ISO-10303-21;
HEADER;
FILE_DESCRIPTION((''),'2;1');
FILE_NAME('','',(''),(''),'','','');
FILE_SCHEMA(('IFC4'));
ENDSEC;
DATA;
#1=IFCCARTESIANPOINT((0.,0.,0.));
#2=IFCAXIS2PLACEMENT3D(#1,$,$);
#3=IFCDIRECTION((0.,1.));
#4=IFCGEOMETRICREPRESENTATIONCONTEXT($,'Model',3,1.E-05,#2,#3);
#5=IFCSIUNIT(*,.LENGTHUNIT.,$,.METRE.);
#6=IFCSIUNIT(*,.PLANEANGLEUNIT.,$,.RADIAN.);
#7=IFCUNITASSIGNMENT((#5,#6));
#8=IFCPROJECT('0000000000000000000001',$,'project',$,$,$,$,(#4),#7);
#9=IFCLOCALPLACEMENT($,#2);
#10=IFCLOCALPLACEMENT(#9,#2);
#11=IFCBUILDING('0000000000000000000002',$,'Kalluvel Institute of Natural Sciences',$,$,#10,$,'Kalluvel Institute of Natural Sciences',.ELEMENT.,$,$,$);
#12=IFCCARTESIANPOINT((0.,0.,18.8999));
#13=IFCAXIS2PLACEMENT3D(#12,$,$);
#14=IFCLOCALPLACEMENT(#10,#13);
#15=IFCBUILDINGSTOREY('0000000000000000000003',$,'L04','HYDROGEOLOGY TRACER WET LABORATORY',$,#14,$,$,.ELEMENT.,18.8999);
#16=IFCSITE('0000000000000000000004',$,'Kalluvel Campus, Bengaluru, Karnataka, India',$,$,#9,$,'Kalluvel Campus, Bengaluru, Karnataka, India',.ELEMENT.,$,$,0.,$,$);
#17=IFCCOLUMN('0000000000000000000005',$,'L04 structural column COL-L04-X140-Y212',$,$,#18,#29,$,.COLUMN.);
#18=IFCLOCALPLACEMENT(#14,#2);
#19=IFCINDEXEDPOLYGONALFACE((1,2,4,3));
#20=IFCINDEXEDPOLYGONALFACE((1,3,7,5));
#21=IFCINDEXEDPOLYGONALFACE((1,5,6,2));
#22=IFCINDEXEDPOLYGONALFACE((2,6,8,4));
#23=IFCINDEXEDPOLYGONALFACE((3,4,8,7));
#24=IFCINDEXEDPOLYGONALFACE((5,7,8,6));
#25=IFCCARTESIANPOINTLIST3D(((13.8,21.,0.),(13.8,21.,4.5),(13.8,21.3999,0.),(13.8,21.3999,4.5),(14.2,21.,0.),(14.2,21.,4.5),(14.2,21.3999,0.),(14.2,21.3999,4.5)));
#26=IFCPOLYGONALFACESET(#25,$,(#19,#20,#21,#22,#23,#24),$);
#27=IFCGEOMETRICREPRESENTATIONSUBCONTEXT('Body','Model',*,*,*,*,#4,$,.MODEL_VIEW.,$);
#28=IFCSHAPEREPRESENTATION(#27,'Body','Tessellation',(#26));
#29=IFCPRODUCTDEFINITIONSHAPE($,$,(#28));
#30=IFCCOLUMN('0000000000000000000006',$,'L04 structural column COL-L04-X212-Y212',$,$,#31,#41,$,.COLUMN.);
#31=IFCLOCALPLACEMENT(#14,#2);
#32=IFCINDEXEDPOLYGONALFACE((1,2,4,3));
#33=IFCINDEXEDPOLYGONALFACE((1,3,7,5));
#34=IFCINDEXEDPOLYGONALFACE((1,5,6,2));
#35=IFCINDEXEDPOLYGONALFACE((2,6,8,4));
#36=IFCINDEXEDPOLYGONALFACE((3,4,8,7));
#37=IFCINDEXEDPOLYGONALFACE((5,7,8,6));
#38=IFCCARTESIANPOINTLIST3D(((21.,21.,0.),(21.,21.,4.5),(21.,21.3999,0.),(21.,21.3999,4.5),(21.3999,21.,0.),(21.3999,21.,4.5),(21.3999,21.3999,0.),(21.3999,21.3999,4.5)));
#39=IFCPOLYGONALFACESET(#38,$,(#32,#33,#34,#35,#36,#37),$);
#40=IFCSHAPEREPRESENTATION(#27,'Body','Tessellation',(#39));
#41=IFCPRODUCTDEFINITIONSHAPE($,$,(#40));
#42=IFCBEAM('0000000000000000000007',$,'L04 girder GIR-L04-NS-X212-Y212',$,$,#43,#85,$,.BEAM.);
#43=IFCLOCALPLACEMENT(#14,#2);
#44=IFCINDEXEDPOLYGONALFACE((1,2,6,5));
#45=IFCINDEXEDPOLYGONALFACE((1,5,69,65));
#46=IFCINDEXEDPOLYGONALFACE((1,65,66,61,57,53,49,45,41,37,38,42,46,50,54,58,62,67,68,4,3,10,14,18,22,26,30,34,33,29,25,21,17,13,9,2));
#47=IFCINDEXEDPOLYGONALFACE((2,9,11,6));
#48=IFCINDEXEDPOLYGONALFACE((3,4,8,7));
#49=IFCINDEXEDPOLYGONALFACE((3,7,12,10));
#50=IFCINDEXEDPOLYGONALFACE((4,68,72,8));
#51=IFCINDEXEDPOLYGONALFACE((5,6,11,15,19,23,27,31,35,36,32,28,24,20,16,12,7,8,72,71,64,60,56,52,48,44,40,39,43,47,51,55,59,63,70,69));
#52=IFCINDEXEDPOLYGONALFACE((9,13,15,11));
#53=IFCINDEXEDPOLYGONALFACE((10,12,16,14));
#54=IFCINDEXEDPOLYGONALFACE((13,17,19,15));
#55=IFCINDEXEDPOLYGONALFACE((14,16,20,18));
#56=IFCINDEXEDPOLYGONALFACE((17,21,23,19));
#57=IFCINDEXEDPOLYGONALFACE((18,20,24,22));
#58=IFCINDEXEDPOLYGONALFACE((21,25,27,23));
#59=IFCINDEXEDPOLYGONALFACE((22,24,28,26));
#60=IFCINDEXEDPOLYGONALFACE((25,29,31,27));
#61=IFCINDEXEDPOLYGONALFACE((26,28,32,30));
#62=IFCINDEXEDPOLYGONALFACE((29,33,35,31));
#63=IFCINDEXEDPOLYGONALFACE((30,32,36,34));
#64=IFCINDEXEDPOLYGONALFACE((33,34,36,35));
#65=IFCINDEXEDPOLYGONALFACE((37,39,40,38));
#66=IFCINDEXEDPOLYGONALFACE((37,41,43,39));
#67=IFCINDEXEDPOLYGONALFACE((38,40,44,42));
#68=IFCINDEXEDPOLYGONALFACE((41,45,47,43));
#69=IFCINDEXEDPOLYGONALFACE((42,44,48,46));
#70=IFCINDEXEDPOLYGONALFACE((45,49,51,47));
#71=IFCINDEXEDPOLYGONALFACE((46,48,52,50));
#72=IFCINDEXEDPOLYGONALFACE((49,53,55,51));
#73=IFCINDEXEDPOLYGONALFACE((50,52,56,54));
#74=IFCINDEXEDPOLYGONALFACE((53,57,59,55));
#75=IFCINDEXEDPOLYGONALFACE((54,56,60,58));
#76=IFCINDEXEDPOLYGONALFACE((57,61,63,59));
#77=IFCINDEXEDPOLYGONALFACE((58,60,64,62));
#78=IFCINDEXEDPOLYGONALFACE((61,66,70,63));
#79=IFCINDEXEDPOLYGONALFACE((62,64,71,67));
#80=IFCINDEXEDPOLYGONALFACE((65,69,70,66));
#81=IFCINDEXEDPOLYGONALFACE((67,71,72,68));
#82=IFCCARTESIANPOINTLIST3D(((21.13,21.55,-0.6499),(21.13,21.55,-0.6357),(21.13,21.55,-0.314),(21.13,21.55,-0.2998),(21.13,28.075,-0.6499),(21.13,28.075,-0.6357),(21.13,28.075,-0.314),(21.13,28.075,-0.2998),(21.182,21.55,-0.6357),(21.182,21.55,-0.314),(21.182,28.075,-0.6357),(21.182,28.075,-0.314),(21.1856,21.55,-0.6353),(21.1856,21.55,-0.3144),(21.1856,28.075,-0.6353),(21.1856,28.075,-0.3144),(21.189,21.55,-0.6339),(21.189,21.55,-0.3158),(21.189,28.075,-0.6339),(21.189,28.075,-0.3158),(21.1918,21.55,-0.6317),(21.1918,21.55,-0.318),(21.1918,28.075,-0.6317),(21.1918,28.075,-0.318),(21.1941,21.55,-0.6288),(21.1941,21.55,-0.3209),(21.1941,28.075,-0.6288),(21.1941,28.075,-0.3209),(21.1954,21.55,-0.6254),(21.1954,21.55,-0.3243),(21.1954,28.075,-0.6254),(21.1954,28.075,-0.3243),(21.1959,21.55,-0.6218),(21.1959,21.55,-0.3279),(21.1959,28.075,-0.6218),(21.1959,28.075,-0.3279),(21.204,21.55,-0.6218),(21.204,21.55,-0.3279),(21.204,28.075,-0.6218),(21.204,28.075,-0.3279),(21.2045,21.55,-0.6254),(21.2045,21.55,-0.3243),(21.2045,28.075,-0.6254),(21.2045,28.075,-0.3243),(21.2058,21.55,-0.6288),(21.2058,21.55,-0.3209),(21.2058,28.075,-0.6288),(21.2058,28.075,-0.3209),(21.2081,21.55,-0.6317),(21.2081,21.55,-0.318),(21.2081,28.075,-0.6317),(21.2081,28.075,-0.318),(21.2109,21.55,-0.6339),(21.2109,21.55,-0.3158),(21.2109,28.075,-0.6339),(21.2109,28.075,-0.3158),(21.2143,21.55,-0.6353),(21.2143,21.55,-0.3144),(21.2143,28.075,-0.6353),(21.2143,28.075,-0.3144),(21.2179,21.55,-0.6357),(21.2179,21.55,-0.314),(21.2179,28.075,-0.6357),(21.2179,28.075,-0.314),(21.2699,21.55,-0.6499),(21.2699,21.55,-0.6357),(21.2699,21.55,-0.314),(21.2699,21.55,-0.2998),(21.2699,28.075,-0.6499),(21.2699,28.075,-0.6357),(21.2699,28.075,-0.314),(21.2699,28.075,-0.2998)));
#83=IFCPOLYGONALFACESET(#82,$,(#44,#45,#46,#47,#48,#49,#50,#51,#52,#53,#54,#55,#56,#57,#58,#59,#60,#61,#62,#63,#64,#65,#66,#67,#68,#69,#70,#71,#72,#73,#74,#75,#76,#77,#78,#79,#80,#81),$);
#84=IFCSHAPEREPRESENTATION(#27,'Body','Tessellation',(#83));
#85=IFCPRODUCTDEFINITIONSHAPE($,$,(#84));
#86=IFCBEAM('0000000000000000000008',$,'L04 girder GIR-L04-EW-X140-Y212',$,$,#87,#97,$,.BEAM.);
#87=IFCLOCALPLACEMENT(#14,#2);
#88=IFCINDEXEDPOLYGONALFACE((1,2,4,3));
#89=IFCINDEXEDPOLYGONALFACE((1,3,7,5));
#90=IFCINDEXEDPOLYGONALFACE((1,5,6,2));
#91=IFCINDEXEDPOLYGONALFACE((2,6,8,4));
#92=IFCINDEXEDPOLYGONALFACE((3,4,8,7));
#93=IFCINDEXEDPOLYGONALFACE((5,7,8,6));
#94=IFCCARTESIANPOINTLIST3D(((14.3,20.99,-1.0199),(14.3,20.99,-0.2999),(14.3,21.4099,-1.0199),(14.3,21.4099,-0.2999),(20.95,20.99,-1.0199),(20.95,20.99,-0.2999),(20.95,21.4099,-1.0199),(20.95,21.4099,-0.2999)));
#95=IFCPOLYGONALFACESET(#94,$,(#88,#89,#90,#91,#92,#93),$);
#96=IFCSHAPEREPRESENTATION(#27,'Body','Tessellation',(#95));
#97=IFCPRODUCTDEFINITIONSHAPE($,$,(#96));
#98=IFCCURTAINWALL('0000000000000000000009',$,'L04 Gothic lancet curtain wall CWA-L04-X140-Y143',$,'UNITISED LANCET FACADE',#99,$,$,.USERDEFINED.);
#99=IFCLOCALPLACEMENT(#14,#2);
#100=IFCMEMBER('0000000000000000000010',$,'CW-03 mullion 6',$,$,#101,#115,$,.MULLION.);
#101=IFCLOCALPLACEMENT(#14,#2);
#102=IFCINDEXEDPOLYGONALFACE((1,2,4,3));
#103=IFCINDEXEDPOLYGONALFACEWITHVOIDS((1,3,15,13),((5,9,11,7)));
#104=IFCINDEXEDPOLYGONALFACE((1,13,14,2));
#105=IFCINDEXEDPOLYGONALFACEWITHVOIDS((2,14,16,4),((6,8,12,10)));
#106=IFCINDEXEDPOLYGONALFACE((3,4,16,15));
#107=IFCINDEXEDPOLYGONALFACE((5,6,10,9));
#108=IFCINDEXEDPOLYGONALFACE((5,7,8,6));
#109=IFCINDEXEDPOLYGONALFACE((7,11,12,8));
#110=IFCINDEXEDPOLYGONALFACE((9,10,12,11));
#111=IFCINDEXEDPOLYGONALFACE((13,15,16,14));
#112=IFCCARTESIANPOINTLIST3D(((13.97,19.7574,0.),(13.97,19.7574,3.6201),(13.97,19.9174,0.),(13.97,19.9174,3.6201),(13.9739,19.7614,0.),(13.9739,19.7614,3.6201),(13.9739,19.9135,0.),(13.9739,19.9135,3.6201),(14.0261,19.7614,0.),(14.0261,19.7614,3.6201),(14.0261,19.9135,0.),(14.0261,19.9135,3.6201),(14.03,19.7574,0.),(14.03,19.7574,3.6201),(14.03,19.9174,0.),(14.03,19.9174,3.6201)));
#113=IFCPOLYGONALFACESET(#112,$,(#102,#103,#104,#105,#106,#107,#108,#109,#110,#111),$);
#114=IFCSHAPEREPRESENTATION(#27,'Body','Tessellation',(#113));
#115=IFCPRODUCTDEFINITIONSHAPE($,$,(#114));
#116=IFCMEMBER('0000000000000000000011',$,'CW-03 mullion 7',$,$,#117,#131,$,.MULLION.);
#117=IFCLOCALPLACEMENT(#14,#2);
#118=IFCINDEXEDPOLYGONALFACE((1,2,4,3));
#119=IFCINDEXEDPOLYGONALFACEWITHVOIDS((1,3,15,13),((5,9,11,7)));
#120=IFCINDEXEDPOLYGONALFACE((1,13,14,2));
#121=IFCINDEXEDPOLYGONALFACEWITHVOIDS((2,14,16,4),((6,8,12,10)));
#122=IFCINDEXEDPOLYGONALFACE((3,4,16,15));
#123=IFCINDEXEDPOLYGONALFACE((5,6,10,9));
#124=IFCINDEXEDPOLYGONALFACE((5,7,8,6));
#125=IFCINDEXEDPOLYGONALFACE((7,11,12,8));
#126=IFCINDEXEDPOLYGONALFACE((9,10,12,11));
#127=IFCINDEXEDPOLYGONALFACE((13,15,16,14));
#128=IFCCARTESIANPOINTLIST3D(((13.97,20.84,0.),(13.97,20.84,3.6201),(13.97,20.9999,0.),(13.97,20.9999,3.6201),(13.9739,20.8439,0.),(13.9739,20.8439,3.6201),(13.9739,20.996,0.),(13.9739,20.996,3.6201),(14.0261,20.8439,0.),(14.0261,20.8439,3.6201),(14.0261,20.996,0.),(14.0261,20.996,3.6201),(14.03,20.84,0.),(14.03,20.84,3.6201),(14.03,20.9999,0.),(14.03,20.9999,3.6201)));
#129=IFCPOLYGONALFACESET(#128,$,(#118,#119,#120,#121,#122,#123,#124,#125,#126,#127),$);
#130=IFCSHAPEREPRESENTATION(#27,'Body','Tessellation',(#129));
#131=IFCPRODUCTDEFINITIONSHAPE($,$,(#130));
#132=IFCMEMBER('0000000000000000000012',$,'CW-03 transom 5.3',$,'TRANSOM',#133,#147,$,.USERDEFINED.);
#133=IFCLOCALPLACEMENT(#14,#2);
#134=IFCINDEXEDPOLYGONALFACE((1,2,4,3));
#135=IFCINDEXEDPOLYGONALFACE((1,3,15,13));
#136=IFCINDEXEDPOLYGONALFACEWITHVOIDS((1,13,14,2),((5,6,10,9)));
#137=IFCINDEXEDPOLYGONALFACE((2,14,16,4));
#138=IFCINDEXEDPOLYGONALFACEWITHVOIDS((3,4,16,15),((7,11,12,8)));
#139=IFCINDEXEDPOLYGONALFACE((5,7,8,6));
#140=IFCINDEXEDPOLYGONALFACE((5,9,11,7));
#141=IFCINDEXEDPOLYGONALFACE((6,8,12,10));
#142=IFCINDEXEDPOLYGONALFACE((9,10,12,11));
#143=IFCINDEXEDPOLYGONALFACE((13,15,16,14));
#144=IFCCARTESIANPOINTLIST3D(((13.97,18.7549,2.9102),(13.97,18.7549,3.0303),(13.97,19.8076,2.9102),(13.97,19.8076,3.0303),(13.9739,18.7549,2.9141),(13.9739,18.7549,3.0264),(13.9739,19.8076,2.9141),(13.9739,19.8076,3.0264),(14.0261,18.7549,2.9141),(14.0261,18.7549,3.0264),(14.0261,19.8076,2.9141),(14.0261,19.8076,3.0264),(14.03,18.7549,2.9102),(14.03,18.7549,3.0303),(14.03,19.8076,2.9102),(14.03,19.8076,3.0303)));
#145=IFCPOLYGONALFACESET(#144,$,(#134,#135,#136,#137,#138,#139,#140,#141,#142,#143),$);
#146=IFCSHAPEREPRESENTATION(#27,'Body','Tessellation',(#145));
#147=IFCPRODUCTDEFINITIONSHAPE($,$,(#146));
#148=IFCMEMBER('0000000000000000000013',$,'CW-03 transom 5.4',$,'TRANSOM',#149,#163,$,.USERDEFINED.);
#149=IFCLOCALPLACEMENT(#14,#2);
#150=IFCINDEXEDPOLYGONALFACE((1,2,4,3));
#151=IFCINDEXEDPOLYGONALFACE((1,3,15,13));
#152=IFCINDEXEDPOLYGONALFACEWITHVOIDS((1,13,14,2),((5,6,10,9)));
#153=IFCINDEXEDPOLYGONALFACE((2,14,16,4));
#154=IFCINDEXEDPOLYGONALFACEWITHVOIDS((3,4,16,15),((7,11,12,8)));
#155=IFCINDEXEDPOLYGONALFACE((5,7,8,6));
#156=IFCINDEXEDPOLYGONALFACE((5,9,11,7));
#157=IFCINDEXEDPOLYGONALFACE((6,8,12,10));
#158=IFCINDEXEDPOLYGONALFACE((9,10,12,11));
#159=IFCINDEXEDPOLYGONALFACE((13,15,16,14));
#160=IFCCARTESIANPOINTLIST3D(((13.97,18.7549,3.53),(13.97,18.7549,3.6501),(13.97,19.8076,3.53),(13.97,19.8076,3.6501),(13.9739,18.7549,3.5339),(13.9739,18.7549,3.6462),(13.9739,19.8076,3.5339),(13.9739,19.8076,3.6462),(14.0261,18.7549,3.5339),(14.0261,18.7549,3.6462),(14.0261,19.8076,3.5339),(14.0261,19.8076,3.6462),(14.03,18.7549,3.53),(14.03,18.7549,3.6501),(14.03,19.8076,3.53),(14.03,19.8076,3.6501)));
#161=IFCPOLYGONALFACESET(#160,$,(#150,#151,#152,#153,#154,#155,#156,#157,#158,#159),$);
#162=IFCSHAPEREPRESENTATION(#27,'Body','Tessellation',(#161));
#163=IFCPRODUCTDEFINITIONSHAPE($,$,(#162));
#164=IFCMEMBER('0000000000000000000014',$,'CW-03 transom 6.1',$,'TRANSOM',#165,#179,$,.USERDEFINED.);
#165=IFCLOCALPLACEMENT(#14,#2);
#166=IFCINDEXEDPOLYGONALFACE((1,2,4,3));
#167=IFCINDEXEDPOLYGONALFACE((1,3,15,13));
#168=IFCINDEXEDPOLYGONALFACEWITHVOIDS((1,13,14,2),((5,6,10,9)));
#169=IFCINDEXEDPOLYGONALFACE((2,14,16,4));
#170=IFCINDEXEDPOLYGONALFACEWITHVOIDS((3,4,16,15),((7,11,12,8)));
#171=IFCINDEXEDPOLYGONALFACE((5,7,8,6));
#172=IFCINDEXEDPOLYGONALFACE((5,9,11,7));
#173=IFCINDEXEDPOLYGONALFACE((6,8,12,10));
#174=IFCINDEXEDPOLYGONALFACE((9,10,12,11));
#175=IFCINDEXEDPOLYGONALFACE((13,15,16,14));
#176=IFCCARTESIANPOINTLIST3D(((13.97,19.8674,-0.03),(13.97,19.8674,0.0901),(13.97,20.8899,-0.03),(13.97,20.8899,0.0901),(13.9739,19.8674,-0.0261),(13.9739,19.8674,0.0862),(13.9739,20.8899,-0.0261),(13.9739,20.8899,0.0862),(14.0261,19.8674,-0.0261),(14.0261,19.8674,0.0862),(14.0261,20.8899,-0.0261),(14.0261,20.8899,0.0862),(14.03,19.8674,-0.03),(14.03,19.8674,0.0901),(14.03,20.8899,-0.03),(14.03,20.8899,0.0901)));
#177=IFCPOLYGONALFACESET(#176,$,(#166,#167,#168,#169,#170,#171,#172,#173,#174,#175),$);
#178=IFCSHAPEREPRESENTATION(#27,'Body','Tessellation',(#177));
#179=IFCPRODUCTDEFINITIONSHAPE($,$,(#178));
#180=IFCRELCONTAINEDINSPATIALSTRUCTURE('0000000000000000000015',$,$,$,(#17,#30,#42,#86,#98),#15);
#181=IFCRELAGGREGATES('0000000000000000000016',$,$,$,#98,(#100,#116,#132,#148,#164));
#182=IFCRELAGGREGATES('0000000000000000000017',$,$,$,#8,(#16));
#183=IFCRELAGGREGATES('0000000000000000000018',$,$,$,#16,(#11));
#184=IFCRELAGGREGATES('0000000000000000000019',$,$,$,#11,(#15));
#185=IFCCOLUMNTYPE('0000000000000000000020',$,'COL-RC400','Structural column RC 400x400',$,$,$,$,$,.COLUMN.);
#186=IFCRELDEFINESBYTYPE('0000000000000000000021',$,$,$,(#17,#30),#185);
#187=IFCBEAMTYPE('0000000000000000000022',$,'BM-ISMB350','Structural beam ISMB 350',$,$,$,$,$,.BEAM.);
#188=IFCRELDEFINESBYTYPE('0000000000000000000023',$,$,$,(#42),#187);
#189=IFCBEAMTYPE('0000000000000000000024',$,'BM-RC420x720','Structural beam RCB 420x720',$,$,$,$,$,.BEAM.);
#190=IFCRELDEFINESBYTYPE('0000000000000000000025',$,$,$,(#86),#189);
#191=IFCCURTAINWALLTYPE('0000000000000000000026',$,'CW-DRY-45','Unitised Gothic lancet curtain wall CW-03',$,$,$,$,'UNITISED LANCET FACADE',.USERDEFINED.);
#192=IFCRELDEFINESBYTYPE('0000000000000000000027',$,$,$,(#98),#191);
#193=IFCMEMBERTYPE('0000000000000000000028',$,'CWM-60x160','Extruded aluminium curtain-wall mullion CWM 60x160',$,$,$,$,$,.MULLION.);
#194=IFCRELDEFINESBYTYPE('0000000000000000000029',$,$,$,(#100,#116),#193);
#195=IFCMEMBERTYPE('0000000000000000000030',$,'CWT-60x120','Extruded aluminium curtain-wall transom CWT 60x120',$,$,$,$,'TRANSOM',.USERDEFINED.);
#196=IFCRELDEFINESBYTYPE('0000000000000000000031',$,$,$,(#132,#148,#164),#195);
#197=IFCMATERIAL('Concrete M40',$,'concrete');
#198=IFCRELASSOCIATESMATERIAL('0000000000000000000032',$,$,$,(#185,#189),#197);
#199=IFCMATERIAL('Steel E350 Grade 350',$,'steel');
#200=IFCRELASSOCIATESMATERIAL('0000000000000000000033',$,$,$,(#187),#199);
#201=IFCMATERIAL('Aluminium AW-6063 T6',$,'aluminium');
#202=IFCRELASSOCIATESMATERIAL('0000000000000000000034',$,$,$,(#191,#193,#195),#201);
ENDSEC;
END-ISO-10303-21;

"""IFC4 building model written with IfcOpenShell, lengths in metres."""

from ifc_helpers import new_model, si_unit, direction, frame, origin, origin_2d, place, context, subcontext, project, spatial, rectangle, hollow_rectangle, i_section, extrude, material, material_profile, profile_set, type_object, element, aggregate, save


model = new_model("IFC4")

# Units and contexts
model_context = context("Model", 3, precision=1e-05, world=origin(), true_north=direction((0.0, 1.0)))
body_context = subcontext(model_context, "Body", "Model", "MODEL_VIEW")
ifc_project = project(units=[si_unit("LENGTHUNIT", "METRE"), si_unit("PLANEANGLEUNIT", "RADIAN")], contexts=[model_context])

# Site, building, storey
site_placement = place(None, origin())
site = spatial("IfcSite", under=ifc_project, at=site_placement, Name="Kalluvel Campus, Bengaluru, Karnataka, India", LongName="Kalluvel Campus, Bengaluru, Karnataka, India", CompositionType="ELEMENT", RefElevation=0.0)
building_placement = place(site_placement, origin())
building = spatial("IfcBuilding", under=site, at=building_placement, Name="Kalluvel Institute of Natural Sciences", LongName="Kalluvel Institute of Natural Sciences", CompositionType="ELEMENT")
storey_placement = place(building_placement, frame((0.0, 0.0, 18.8999)))
storey = spatial("IfcBuildingStorey", under=building, at=storey_placement, Name="L04", Description="HYDROGEOLOGY TRACER WET LABORATORY", CompositionType="ELEMENT", Elevation=18.8999)

# Columns
ifc_material_1 = material(Name="Concrete M40", Category="concrete")
ifc_material_profile_1 = material_profile(ifc_material_1, rectangle(XDim=0.3999, YDim=0.3999, at=origin_2d()), Name="RC 400x400")
ifc_profile_set_1 = profile_set([ifc_material_profile_1], Name="Concrete M40")
column_type = type_object("IfcColumnType", Name="COL-RC400", Description="Structural column RC 400x400", PredefinedType="COLUMN", material=ifc_profile_set_1)
for number, where, z_axis, x_axis, name in (
    (1, (14.0, 21.2, 0.0), (0.0, 0.0, 1.0), (1.0, 0.0, 0.0), "L04 structural column COL-L04-X140-Y212"),
    (2, (21.2, 21.2, 0.0), (0.0, 0.0, 1.0), (1.0, 0.0, 0.0), "L04 structural column COL-L04-X212-Y212"),
):
    element("IfcColumn", number, at=place(storey_placement, frame(where, z_axis=z_axis, x_axis=x_axis)), inside=storey, type_object=column_type, Name=name, PredefinedType="COLUMN", context=body_context, shape_type="SweptSolid", body=[
        extrude(rectangle(XDim=0.3999, YDim=0.3999, at=origin_2d()), origin(), (0.0, 0.0, 1.0), 4.5),
    ])

# Beams
ifc_material_2 = material(Name="Steel E350 Grade 350", Category="steel")
ifc_material_profile_2 = material_profile(ifc_material_2, i_section(OverallWidth=0.1399, OverallDepth=0.3501, WebThickness=0.0081, FlangeThickness=0.0142, FilletRadius=0.0139, at=origin_2d()), Name="ISMB 350")
ifc_profile_set_2 = profile_set([ifc_material_profile_2], Name="Steel E350 Grade 350")
beam_type_1 = type_object("IfcBeamType", Name="BM-ISMB350", Description="Structural beam ISMB 350", PredefinedType="BEAM", material=ifc_profile_set_2)
beam_1_placement = place(storey_placement, frame((21.2, 21.55, -0.4749), z_axis=(0.0, 1.0, 0.0), x_axis=(-1.0, 0.0, 0.0)))
element("IfcBeam", 3, at=beam_1_placement, inside=storey, type_object=beam_type_1, Name="L04 girder GIR-L04-NS-X212-Y212", PredefinedType="BEAM", context=body_context, shape_type="SweptSolid", body=[
    extrude(i_section(OverallWidth=0.1399, OverallDepth=0.3501, WebThickness=0.0081, FlangeThickness=0.0142, FilletRadius=0.0139, at=origin_2d()), origin(), (0.0, 0.0, 1.0), 6.5249),
])
ifc_material_profile_3 = material_profile(ifc_material_1, rectangle(XDim=0.4199, YDim=0.72, at=origin_2d()), Name="RCB 420x720")
ifc_profile_set_3 = profile_set([ifc_material_profile_3], Name="Concrete M40")
beam_type_2 = type_object("IfcBeamType", Name="BM-RC420x720", Description="Structural beam RCB 420x720", PredefinedType="BEAM", material=ifc_profile_set_3)
beam_2_placement = place(storey_placement, frame((14.3, 21.2, -0.6599), z_axis=(1.0, 0.0, 0.0), x_axis=(0.0, 1.0, 0.0)))
element("IfcBeam", 4, at=beam_2_placement, inside=storey, type_object=beam_type_2, Name="L04 girder GIR-L04-EW-X140-Y212", PredefinedType="BEAM", context=body_context, shape_type="SweptSolid", body=[
    extrude(rectangle(XDim=0.4199, YDim=0.72, at=origin_2d()), origin(), (0.0, 0.0, 1.0), 6.6499),
])

# Curtain wall, members
ifc_material_3 = material(Name="Aluminium AW-6063 T6", Category="aluminium")
curtain_wall_type = type_object("IfcCurtainWallType", Name="CW-DRY-45", Description="Unitised Gothic lancet curtain wall CW-03", ElementType="UNITISED LANCET FACADE", PredefinedType="USERDEFINED", material=ifc_material_3)
curtain_wall_placement = place(storey_placement, origin())
curtain_wall = element("IfcCurtainWall", 5, at=curtain_wall_placement, inside=storey, type_object=curtain_wall_type, Name="L04 Gothic lancet curtain wall CWA-L04-X140-Y143", ObjectType="UNITISED LANCET FACADE", PredefinedType="USERDEFINED")
ifc_material_profile_4 = material_profile(ifc_material_3, hollow_rectangle(XDim=0.0601, YDim=0.1599, WallThickness=0.0039, at=origin_2d()), Name="CWM 60x160")
ifc_profile_set_4 = profile_set([ifc_material_profile_4], Name="Aluminium AW-6063 T6")
member_type_1 = type_object("IfcMemberType", Name="CWM-60x160", Description="Extruded aluminium curtain-wall mullion CWM 60x160", PredefinedType="MULLION", material=ifc_profile_set_4)
member_1_placement = place(storey_placement, frame((14.0, 19.8374, 0.0), z_axis=(0.0, 0.0, 1.0), x_axis=(-1.0, 0.0, 0.0)))
member_1 = element("IfcMember", 6, at=member_1_placement, type_object=member_type_1, Name="CW-03 mullion 6", PredefinedType="MULLION", context=body_context, shape_type="SweptSolid", body=[
    extrude(hollow_rectangle(XDim=0.0601, YDim=0.1599, WallThickness=0.0039, at=origin_2d()), origin(), (0.0, 0.0, 1.0), 3.6201),
])
member_2_placement = place(storey_placement, frame((14.0, 20.9199, 0.0), z_axis=(0.0, 0.0, 1.0), x_axis=(-1.0, 0.0, 0.0)))
member_2 = element("IfcMember", 7, at=member_2_placement, type_object=member_type_1, Name="CW-03 mullion 7", PredefinedType="MULLION", context=body_context, shape_type="SweptSolid", body=[
    extrude(hollow_rectangle(XDim=0.0601, YDim=0.1599, WallThickness=0.0039, at=origin_2d()), origin(), (0.0, 0.0, 1.0), 3.6201),
])
ifc_material_profile_5 = material_profile(ifc_material_3, hollow_rectangle(XDim=0.0601, YDim=0.1201, WallThickness=0.0039, at=origin_2d()), Name="CWT 60x120")
ifc_profile_set_5 = profile_set([ifc_material_profile_5], Name="Aluminium AW-6063 T6")
member_type_2 = type_object("IfcMemberType", Name="CWT-60x120", Description="Extruded aluminium curtain-wall transom CWT 60x120", ElementType="TRANSOM", PredefinedType="USERDEFINED", material=ifc_profile_set_5)
member_3_placement = place(storey_placement, frame((14.0, 18.7549, 2.9702), z_axis=(0.0, 1.0, 0.0), x_axis=(-1.0, 0.0, 0.0)))
member_3 = element("IfcMember", 8, at=member_3_placement, type_object=member_type_2, Name="CW-03 transom 5.3", ObjectType="TRANSOM", PredefinedType="USERDEFINED", context=body_context, shape_type="SweptSolid", body=[
    extrude(hollow_rectangle(XDim=0.0601, YDim=0.1201, WallThickness=0.0039, at=origin_2d()), origin(), (0.0, 0.0, 1.0), 1.0527),
])
member_4_placement = place(storey_placement, frame((14.0, 18.7549, 3.5901), z_axis=(0.0, 1.0, 0.0), x_axis=(-1.0, 0.0, 0.0)))
member_4 = element("IfcMember", 9, at=member_4_placement, type_object=member_type_2, Name="CW-03 transom 5.4", ObjectType="TRANSOM", PredefinedType="USERDEFINED", context=body_context, shape_type="SweptSolid", body=[
    extrude(hollow_rectangle(XDim=0.0601, YDim=0.1201, WallThickness=0.0039, at=origin_2d()), origin(), (0.0, 0.0, 1.0), 1.0527),
])
member_5_placement = place(storey_placement, frame((14.0, 19.8674, 0.03), z_axis=(0.0, 1.0, 0.0), x_axis=(-1.0, 0.0, 0.0)))
member_5 = element("IfcMember", 10, at=member_5_placement, type_object=member_type_2, Name="CW-03 transom 6.1", ObjectType="TRANSOM", PredefinedType="USERDEFINED", context=body_context, shape_type="SweptSolid", body=[
    extrude(hollow_rectangle(XDim=0.0601, YDim=0.1201, WallThickness=0.0039, at=origin_2d()), origin(), (0.0, 0.0, 1.0), 1.0225),
])

aggregate(curtain_wall, [member_1, member_2, member_3, member_4, member_5])

save(model, "model.ifc")
